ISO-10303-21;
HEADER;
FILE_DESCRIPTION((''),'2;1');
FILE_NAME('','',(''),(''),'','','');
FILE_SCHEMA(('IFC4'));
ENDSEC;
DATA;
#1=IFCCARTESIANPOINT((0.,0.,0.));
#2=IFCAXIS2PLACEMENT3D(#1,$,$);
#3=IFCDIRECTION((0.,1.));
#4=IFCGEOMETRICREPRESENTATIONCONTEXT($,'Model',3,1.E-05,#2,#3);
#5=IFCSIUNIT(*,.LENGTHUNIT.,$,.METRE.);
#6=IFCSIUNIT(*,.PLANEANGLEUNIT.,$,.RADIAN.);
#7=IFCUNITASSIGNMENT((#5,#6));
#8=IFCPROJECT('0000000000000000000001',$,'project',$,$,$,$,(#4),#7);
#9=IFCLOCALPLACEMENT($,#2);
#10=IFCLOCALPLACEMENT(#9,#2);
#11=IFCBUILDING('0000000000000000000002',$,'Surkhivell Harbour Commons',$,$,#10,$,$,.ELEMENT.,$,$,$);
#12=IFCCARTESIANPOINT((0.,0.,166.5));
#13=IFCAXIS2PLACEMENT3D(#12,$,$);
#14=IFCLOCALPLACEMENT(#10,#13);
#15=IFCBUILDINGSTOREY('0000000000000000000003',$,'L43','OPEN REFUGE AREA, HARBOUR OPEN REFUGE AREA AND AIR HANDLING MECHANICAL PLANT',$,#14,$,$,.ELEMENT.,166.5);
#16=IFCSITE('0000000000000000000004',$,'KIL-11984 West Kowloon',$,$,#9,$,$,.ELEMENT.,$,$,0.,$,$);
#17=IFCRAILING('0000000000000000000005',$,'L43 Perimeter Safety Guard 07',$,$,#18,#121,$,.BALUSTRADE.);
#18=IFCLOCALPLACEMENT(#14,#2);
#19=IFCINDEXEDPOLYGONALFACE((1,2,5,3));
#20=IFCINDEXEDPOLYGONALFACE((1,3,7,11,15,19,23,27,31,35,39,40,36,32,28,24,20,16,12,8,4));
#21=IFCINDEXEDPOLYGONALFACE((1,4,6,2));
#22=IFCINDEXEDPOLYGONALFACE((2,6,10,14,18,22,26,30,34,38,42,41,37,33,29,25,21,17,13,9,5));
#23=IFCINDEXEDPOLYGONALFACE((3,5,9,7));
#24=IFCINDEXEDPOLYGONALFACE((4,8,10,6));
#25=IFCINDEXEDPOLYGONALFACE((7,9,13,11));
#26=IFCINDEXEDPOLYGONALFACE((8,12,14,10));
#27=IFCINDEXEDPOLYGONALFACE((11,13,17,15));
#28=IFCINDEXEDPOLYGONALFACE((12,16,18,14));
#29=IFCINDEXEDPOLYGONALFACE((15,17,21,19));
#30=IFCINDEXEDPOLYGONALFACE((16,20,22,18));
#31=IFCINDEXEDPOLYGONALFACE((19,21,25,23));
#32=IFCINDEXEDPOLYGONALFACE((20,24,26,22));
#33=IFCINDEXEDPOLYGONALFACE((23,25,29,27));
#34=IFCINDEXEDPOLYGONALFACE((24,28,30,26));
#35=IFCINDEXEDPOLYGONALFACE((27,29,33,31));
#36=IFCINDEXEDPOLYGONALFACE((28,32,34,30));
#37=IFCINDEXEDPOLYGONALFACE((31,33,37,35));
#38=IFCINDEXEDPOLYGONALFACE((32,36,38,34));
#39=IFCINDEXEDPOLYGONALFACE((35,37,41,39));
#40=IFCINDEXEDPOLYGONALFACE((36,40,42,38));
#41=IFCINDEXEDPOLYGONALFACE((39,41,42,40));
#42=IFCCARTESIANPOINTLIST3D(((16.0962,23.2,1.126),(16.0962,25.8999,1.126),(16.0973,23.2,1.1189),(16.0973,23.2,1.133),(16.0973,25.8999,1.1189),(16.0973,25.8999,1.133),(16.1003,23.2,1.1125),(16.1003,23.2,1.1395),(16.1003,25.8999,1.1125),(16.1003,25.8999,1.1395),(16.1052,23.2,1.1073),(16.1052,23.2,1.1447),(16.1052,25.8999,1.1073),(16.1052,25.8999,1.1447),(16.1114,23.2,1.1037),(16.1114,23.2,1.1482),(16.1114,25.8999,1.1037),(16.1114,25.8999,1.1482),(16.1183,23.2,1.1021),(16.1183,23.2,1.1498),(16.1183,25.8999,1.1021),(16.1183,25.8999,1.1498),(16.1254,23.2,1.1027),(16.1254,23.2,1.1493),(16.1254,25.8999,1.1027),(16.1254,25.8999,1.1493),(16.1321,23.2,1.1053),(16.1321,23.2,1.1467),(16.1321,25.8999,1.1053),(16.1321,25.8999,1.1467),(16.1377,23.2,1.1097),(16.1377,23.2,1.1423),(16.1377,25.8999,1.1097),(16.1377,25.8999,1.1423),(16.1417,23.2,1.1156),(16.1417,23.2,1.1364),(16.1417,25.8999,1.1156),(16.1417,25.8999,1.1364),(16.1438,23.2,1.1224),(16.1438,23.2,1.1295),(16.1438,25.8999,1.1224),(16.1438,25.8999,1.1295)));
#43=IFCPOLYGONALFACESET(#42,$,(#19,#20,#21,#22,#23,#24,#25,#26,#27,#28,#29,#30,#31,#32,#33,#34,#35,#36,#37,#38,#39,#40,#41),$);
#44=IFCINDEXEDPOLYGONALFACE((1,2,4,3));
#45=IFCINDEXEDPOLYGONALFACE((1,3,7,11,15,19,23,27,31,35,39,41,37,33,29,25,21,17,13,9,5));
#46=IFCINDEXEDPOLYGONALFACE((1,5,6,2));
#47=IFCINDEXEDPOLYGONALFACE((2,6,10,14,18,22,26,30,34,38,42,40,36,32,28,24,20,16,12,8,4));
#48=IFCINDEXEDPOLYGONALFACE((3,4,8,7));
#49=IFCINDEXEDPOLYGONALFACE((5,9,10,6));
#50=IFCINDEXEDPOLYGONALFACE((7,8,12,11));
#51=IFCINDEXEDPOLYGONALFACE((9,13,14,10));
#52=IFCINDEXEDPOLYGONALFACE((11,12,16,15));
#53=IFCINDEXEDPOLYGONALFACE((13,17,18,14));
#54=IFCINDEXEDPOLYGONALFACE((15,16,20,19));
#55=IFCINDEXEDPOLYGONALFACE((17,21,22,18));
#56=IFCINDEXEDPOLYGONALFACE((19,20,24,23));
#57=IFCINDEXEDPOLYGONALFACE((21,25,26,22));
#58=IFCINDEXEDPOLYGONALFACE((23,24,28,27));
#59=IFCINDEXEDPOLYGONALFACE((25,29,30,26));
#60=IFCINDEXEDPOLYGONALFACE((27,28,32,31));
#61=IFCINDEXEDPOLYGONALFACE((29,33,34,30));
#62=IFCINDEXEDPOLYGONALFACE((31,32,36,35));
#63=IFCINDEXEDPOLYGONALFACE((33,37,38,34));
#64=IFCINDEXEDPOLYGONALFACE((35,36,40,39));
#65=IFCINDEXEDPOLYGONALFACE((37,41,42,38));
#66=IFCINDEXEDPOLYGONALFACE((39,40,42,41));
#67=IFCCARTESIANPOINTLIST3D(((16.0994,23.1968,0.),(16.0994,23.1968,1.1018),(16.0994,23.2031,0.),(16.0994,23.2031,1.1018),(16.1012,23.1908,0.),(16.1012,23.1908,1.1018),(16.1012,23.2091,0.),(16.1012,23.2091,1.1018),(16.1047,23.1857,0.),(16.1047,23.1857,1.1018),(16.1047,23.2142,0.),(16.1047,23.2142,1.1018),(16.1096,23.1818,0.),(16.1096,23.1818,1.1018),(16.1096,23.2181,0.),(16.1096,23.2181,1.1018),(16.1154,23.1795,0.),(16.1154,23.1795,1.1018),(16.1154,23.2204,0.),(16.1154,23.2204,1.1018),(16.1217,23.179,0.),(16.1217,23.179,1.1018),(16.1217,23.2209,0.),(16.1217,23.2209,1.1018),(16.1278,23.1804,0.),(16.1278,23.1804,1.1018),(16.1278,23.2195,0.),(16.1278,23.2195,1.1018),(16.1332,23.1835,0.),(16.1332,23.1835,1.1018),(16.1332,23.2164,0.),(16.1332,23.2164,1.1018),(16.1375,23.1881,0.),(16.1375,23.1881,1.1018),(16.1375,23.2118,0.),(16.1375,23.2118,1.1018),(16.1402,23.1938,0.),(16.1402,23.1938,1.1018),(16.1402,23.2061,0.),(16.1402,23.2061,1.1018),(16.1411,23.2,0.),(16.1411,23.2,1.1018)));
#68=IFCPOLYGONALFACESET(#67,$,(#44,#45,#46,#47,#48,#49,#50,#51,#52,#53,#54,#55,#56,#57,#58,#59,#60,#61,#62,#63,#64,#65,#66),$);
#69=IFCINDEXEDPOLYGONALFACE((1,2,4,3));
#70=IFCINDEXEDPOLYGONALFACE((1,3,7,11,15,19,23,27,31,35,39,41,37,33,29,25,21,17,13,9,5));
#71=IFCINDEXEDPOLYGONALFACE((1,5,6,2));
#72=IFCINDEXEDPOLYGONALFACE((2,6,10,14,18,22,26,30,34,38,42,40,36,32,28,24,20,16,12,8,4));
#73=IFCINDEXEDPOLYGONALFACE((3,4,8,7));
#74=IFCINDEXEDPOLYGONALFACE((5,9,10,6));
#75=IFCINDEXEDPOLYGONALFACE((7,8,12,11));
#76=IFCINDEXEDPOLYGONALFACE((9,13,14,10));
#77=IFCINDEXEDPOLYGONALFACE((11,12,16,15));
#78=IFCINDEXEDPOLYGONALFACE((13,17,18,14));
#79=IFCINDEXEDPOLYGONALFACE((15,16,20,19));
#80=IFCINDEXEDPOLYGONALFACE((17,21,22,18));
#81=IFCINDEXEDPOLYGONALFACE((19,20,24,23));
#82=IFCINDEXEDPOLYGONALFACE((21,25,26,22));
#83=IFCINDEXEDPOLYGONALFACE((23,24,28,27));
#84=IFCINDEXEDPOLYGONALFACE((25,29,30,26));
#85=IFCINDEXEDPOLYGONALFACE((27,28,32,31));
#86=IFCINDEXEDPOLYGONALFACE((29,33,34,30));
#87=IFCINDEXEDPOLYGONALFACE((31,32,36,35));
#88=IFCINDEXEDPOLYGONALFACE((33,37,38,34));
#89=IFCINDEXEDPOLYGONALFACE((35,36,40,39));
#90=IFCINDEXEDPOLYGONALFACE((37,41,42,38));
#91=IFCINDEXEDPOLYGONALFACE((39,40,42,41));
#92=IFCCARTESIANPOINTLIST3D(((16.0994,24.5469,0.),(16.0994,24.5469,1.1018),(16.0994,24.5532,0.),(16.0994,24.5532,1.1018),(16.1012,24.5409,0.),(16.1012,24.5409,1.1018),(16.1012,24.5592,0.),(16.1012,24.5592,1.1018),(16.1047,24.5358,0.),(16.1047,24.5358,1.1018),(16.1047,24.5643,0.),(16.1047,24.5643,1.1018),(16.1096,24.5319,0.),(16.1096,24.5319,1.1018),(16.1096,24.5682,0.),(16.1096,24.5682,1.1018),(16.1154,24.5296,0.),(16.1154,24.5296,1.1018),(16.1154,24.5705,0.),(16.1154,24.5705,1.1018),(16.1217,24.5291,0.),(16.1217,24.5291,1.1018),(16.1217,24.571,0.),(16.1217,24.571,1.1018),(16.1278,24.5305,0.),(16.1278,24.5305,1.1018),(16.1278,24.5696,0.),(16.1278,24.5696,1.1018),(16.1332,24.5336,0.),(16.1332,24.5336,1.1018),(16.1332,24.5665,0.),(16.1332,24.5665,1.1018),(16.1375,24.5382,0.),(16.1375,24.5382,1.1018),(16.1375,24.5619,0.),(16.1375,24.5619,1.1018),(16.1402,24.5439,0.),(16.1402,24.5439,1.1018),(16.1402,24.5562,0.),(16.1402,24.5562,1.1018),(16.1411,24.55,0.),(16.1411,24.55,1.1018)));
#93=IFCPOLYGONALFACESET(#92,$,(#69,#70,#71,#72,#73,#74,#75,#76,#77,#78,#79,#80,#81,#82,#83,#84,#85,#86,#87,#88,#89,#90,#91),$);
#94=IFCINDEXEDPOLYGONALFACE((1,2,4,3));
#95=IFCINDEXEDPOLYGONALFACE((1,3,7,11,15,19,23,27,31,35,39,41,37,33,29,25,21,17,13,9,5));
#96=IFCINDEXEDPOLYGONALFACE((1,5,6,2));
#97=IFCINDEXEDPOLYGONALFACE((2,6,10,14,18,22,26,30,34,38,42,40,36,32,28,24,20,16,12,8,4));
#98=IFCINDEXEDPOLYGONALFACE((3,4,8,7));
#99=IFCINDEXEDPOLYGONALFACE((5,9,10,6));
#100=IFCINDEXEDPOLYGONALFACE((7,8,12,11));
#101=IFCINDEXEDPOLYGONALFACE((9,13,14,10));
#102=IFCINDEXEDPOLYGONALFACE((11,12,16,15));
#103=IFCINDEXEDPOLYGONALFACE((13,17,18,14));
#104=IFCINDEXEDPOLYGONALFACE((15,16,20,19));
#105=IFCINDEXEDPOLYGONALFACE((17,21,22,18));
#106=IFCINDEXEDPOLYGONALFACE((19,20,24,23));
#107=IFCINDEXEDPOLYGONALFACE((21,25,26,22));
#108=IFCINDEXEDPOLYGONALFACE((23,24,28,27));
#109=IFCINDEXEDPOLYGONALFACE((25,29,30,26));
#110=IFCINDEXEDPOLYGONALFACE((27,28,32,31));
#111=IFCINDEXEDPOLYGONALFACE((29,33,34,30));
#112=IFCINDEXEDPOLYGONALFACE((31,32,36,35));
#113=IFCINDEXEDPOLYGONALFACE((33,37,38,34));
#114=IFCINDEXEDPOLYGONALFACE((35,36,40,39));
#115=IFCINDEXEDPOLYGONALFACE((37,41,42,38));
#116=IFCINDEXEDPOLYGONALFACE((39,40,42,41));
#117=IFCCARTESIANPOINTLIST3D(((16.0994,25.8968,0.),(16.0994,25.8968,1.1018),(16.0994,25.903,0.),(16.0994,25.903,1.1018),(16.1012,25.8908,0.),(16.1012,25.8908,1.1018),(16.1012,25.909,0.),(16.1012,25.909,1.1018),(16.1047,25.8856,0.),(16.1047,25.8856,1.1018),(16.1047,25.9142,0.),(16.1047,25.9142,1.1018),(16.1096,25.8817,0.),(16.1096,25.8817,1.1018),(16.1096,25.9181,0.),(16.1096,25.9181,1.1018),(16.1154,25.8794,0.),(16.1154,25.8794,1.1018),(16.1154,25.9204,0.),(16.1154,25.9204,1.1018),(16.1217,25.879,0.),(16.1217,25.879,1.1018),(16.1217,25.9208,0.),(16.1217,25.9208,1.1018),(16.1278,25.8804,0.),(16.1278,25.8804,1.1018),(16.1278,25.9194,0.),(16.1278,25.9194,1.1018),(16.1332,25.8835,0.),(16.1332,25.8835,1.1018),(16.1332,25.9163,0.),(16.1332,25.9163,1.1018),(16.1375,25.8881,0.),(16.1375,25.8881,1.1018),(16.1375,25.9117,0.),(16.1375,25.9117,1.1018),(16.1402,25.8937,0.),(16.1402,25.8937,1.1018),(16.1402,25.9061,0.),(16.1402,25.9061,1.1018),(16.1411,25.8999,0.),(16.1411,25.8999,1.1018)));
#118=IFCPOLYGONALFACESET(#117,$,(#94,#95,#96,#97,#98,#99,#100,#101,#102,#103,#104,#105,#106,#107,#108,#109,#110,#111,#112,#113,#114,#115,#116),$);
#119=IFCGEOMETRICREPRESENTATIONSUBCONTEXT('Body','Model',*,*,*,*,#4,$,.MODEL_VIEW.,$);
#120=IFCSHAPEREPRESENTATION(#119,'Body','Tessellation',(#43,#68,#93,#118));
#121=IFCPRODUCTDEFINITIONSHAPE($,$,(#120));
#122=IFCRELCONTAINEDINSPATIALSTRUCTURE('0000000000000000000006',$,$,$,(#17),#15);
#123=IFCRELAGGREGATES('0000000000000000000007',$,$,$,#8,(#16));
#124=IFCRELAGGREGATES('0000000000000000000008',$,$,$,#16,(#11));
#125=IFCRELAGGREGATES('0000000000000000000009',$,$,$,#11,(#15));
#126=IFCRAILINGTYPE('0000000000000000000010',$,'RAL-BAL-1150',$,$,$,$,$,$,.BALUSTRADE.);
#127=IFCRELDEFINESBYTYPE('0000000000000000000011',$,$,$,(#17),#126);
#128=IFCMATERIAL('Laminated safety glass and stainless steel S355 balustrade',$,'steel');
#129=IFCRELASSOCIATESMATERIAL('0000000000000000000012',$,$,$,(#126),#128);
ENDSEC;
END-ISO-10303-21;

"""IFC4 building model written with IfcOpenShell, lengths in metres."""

from ifc_helpers import new_model, si_unit, direction, frame, origin, origin_2d, place, context, subcontext, project, spatial, circle, extrude, material, type_object, element, save


model = new_model("IFC4")

# Units and contexts
model_context = context("Model", 3, precision=1e-05, world=origin(), true_north=direction((0.0, 1.0)))
body_context = subcontext(model_context, "Body", "Model", "MODEL_VIEW")
ifc_project = project(units=[si_unit("LENGTHUNIT", "METRE"), si_unit("PLANEANGLEUNIT", "RADIAN")], contexts=[model_context])

# Site, building, storey
site_placement = place(None, origin())
site = spatial("IfcSite", under=ifc_project, at=site_placement, Name="KIL-11984 West Kowloon", CompositionType="ELEMENT", RefElevation=0.0)
building_placement = place(site_placement, origin())
building = spatial("IfcBuilding", under=site, at=building_placement, Name="Surkhivell Harbour Commons", CompositionType="ELEMENT")
storey_placement = place(building_placement, frame((0.0, 0.0, 166.5)))
storey = spatial("IfcBuildingStorey", under=building, at=storey_placement, Name="L43", Description="OPEN REFUGE AREA, HARBOUR OPEN REFUGE AREA AND AIR HANDLING MECHANICAL PLANT", CompositionType="ELEMENT", Elevation=166.5)

# Railing
ifc_material_1 = material(Name="Laminated safety glass and stainless steel S355 balustrade", Category="steel")
railing_type = type_object("IfcRailingType", Name="RAL-BAL-1150", PredefinedType="BALUSTRADE", material=ifc_material_1)
railing_1_placement = place(storey_placement, frame((16.1201, 23.2, 0.0)))
element("IfcRailing", 1, at=railing_1_placement, inside=storey, type_object=railing_type, Name="L43 Perimeter Safety Guard 07", PredefinedType="BALUSTRADE", context=body_context, shape_type="SweptSolid", body=[
    extrude(circle(Radius=0.0239, at=origin_2d()), frame((0.0, 0.0, 1.126), z_axis=(0.0, 1.0, 0.0), x_axis=(-1.0, 0.0, 0.0)), (0.0, 0.0, 1.0), 2.7),
    extrude(circle(Radius=0.021, at=origin_2d()), origin(), (0.0, 0.0, 1.0), 1.1018),
    extrude(circle(Radius=0.021, at=origin_2d()), frame((0.0, 1.3501, 0.0)), (0.0, 0.0, 1.0), 1.1018),
    extrude(circle(Radius=0.021, at=origin_2d()), frame((0.0, 2.7, 0.0)), (0.0, 0.0, 1.0), 1.1018),
])

save(model, "model.ifc")
